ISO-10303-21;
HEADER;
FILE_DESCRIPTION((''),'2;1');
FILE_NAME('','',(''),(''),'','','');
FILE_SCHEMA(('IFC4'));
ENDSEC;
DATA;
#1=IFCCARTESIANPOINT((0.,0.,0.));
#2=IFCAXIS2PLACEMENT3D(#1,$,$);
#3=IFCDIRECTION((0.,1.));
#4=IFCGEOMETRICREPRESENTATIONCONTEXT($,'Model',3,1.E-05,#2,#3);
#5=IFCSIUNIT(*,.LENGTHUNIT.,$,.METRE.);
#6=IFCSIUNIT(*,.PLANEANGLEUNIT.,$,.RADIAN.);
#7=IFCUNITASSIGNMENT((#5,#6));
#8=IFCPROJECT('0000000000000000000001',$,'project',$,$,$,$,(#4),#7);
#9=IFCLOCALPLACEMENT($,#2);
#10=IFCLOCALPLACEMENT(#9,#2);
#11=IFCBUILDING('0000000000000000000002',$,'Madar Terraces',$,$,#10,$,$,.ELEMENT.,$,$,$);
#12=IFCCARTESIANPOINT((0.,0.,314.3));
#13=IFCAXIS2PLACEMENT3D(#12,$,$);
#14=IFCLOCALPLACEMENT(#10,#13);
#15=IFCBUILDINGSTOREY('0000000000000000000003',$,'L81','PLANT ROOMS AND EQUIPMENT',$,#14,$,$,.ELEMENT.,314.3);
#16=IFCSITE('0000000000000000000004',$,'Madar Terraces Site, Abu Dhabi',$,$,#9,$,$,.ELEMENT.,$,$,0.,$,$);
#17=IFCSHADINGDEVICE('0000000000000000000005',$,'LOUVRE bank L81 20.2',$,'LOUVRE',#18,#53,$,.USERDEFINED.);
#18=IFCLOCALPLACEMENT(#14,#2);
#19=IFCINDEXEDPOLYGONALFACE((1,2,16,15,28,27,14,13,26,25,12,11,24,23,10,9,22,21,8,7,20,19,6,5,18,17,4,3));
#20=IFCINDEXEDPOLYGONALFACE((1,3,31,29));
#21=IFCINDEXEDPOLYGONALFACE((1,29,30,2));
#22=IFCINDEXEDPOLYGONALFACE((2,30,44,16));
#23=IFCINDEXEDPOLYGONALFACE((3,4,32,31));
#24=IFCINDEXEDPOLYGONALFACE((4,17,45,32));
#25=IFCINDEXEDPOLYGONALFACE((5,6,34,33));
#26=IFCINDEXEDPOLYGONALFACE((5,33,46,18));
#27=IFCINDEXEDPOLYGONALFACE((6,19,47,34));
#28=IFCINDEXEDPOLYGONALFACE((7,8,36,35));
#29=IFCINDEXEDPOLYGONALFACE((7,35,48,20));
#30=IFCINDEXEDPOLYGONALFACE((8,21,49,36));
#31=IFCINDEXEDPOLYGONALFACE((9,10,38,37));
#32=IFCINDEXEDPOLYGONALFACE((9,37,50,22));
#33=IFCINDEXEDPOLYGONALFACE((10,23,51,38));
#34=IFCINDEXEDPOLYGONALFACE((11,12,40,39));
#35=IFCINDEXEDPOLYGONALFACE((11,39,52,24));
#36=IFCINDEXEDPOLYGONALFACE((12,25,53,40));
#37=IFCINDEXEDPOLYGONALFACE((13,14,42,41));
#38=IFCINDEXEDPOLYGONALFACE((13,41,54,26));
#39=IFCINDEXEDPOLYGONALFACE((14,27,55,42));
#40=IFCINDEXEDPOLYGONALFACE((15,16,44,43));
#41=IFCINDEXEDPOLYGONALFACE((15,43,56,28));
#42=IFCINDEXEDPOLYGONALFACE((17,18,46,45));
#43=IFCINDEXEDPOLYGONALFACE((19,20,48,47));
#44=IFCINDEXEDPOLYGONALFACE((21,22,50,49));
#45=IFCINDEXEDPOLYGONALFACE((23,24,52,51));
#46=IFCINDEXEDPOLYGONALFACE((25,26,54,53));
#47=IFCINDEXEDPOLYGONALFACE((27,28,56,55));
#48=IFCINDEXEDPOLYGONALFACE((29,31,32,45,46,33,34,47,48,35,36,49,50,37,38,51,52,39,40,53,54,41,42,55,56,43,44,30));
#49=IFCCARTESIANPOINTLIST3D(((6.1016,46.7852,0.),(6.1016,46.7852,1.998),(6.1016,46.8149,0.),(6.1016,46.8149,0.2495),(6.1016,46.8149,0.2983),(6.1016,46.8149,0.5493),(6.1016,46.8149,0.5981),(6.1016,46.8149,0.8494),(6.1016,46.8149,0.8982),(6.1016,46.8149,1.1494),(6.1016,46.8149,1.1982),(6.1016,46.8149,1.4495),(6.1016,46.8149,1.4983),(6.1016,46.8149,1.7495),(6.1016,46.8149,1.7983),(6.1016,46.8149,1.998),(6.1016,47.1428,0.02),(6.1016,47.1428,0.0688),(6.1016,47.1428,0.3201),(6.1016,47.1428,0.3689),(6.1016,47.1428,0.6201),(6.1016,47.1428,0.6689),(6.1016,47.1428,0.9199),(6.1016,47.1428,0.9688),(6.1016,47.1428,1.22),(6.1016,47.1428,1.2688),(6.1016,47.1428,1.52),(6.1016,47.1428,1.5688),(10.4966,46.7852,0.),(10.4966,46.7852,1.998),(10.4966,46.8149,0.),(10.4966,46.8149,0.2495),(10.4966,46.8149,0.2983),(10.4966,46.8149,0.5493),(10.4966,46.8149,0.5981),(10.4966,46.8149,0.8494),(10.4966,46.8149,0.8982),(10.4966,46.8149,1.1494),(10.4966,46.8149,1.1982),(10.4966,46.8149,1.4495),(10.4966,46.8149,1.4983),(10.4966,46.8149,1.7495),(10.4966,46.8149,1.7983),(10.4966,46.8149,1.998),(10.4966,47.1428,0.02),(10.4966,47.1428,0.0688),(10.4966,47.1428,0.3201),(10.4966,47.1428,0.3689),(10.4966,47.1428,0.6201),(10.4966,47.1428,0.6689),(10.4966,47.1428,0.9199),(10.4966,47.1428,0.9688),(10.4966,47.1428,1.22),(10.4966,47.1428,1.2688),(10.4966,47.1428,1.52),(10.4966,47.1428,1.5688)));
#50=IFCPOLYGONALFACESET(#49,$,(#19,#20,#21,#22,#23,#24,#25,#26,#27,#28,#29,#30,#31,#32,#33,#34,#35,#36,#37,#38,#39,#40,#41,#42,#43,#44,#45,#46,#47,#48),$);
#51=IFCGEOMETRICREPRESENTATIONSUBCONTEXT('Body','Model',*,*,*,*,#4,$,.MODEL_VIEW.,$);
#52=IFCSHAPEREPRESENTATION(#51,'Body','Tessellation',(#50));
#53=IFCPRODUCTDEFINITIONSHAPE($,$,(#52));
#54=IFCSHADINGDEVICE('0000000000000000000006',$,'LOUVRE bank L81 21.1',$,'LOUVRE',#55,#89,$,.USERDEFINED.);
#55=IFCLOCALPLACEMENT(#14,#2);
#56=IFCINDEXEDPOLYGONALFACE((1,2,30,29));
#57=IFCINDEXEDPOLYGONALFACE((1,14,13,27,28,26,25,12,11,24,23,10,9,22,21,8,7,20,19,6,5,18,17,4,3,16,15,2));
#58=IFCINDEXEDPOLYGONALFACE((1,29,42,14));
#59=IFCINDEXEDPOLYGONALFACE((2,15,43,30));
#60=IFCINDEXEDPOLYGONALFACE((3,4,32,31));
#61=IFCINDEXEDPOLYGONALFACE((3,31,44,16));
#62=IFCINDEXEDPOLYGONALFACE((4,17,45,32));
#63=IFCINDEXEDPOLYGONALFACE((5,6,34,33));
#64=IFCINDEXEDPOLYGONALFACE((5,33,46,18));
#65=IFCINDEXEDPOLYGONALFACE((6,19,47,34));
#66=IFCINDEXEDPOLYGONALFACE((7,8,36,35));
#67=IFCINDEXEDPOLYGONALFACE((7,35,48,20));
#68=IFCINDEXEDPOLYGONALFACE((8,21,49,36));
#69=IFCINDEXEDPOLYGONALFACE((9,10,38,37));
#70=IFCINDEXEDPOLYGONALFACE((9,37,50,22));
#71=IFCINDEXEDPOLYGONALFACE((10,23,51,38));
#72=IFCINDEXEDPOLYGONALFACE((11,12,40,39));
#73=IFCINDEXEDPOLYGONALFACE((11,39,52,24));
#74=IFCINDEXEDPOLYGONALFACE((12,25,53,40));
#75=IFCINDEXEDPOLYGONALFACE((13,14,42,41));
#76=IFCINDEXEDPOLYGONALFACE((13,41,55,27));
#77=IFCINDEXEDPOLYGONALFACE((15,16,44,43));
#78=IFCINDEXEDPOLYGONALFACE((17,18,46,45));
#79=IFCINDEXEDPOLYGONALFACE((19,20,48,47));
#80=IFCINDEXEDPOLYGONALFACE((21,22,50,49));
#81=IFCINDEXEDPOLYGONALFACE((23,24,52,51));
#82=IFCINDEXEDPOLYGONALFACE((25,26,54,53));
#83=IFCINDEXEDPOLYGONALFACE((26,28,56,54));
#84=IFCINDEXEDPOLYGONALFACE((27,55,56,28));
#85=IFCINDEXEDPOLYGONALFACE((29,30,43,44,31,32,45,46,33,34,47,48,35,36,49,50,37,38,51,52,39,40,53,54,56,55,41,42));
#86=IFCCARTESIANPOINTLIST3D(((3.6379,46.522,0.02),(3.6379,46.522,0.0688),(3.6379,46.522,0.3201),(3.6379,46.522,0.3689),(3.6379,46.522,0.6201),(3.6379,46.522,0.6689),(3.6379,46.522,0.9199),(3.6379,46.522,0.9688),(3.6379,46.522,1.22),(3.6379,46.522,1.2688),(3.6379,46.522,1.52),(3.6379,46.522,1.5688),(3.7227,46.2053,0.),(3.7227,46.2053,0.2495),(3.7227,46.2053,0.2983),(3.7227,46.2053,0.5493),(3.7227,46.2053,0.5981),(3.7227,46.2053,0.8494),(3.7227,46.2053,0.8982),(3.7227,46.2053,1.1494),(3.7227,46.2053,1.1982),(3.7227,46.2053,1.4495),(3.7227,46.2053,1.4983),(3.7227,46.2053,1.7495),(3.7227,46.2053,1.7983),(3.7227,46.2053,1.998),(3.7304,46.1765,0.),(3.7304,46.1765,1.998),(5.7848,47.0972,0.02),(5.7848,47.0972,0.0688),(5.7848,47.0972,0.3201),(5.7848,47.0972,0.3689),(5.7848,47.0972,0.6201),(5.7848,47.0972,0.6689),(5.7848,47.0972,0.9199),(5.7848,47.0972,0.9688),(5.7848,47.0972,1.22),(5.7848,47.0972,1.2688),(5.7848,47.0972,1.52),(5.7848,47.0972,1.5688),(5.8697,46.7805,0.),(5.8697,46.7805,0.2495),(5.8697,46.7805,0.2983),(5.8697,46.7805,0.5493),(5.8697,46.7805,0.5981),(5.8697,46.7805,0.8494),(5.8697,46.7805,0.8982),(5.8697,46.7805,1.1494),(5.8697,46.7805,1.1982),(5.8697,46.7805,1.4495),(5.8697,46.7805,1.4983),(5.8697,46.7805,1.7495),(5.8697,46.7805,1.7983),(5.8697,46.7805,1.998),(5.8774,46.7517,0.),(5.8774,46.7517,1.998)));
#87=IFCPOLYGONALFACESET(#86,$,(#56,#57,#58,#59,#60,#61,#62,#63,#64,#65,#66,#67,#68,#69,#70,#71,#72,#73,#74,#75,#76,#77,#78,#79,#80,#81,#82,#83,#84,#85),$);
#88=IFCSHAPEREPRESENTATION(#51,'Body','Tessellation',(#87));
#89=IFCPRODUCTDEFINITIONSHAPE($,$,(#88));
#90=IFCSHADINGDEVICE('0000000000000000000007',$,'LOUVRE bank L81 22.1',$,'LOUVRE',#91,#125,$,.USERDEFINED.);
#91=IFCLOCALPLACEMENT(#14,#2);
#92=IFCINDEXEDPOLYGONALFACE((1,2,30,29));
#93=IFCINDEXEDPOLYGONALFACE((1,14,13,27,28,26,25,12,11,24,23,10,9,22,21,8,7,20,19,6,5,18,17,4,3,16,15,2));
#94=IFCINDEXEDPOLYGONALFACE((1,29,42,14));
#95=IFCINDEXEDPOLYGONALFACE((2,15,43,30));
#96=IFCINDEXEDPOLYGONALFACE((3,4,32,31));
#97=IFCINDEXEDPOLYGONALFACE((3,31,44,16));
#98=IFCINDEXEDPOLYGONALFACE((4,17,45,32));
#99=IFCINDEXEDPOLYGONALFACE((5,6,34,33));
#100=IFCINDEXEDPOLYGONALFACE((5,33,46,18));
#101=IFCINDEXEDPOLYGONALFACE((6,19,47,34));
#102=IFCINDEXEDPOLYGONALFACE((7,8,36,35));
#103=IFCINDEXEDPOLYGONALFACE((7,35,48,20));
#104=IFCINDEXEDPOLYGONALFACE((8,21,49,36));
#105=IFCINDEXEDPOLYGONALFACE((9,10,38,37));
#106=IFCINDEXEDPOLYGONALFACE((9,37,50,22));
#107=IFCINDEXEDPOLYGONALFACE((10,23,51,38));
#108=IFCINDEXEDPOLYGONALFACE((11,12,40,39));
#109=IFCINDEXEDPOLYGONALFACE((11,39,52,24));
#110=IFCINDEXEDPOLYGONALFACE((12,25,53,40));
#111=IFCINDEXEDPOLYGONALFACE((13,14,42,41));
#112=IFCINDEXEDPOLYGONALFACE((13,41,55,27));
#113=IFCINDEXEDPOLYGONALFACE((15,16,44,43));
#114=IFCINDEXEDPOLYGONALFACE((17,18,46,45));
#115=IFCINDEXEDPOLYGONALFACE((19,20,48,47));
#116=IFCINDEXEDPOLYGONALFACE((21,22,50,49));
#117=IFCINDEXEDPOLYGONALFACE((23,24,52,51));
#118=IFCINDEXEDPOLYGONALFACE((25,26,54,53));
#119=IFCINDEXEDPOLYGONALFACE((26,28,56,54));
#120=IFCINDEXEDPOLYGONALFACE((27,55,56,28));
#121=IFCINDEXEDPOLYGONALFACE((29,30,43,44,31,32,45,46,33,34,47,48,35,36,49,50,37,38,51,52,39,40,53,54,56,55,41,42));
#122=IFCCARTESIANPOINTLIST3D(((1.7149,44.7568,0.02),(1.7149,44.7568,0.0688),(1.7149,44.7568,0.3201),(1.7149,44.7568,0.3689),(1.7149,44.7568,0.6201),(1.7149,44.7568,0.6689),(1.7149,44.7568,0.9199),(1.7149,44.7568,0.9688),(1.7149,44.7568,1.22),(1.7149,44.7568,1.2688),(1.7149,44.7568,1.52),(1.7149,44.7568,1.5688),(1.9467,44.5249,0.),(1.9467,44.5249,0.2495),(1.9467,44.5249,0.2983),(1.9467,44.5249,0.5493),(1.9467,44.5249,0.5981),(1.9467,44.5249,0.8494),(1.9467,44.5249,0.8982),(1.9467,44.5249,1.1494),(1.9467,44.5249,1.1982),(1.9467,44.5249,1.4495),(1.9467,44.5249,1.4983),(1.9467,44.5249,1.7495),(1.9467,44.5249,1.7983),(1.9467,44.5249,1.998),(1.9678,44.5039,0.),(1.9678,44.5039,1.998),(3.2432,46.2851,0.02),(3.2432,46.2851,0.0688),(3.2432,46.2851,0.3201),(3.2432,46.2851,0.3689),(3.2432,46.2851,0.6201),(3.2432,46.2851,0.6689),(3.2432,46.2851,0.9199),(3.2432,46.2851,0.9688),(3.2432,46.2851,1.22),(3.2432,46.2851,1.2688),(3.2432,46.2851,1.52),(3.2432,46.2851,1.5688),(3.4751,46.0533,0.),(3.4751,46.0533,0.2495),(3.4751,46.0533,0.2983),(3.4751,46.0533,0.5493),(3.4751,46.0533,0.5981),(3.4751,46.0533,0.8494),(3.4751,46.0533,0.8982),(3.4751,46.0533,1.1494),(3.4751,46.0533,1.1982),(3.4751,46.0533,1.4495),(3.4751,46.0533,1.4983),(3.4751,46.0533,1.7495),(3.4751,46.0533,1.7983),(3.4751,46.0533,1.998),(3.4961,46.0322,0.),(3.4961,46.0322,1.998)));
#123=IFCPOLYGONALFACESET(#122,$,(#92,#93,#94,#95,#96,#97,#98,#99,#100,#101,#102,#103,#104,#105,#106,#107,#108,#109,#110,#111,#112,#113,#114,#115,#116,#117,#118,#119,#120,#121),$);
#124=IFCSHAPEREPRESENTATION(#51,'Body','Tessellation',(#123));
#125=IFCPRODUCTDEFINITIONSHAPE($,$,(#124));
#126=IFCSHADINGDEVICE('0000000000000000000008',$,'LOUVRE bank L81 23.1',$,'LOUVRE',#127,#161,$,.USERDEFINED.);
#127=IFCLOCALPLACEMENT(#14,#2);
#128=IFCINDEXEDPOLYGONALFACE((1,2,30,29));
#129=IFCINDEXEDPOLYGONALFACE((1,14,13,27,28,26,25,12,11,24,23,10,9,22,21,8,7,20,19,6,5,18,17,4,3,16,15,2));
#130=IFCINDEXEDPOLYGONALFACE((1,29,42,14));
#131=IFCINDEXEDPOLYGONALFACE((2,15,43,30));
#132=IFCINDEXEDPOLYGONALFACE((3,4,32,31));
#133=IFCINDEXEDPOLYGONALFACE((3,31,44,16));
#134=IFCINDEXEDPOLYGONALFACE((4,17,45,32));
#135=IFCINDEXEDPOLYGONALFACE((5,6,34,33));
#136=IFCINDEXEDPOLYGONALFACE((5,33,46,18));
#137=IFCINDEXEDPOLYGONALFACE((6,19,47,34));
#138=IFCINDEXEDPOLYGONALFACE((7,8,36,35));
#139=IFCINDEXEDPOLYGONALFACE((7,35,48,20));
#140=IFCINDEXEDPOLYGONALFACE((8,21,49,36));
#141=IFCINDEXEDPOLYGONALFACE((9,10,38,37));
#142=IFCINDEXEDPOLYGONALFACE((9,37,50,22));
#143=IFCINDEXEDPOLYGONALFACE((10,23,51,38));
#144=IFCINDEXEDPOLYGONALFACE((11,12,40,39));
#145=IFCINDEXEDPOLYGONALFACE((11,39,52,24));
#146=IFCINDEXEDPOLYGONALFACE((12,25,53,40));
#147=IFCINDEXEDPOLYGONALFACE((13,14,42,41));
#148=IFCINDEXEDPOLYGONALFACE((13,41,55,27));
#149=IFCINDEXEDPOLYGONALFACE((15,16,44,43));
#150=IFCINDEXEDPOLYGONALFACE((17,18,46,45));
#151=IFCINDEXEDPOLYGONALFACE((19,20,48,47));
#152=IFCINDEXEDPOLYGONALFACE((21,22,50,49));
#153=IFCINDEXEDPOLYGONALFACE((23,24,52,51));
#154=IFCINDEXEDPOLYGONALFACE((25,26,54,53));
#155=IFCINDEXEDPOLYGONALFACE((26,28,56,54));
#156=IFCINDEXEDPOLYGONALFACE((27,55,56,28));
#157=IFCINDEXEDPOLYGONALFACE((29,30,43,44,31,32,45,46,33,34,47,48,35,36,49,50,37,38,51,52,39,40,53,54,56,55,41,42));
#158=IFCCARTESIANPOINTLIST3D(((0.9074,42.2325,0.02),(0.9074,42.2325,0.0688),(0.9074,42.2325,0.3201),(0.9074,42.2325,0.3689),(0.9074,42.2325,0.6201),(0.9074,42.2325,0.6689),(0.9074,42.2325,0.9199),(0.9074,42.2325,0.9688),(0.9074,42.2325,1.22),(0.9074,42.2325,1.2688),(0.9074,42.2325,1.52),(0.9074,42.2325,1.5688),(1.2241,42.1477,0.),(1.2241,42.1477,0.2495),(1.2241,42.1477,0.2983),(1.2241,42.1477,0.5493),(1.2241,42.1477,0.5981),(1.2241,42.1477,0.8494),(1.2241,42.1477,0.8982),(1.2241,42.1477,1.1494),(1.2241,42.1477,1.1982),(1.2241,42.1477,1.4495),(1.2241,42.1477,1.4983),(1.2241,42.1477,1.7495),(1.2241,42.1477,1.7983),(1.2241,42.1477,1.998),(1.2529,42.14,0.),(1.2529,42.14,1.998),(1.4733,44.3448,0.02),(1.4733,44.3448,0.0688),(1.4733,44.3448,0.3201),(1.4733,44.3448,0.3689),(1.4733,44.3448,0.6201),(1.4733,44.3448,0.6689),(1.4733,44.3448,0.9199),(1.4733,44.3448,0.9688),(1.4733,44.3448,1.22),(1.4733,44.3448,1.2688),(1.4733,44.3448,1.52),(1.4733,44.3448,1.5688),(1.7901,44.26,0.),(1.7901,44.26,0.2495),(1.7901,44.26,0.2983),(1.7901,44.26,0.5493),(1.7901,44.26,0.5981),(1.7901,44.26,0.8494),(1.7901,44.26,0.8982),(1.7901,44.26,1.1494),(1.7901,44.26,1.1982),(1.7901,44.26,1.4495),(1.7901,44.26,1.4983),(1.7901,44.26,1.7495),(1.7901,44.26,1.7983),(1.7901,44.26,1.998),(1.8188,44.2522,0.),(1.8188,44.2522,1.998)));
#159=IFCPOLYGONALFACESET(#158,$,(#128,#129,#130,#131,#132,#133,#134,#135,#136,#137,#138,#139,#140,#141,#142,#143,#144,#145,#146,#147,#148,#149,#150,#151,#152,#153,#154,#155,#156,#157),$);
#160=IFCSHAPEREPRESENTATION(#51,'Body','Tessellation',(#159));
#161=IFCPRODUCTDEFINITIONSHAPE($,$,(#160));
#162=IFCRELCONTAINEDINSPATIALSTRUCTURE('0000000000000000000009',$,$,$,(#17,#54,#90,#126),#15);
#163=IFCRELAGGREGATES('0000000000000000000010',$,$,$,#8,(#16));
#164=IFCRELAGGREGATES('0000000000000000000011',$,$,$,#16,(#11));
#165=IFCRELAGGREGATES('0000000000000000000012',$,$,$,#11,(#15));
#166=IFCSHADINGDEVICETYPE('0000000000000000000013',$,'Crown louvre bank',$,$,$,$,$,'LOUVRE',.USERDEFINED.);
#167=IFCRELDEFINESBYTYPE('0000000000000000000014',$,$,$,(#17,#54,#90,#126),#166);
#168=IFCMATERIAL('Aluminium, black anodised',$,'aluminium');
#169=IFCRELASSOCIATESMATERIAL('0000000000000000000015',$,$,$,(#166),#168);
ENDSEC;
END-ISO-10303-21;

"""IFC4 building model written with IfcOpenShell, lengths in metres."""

from ifc_helpers import new_model, si_unit, direction, frame, origin, place, context, subcontext, project, spatial, polyline, outline, extrude, material, type_object, element, save


model = new_model("IFC4")

# Units and contexts
model_context = context("Model", 3, precision=1e-05, world=origin(), true_north=direction((0.0, 1.0)))
body_context = subcontext(model_context, "Body", "Model", "MODEL_VIEW")
ifc_project = project(units=[si_unit("LENGTHUNIT", "METRE"), si_unit("PLANEANGLEUNIT", "RADIAN")], contexts=[model_context])

# Site, building, storey
site_placement = place(None, origin())
site = spatial("IfcSite", under=ifc_project, at=site_placement, Name="Madar Terraces Site, Abu Dhabi", CompositionType="ELEMENT", RefElevation=0.0)
building_placement = place(site_placement, origin())
building = spatial("IfcBuilding", under=site, at=building_placement, Name="Madar Terraces", CompositionType="ELEMENT")
storey_placement = place(building_placement, frame((0.0, 0.0, 314.3)))
storey = spatial("IfcBuildingStorey", under=building, at=storey_placement, Name="L81", Description="PLANT ROOMS AND EQUIPMENT", CompositionType="ELEMENT", Elevation=314.3)

# Shading devices
ifc_material_1 = material(Name="Aluminium, black anodised", Category="aluminium")
shading_device_type = type_object("IfcShadingDeviceType", Name="Crown louvre bank", ElementType="LOUVRE", PredefinedType="USERDEFINED", material=ifc_material_1)
shading_device_1_placement = place(storey_placement, frame((10.4966, 46.8, 0.0), z_axis=(-1.0, 0.0, 0.0), x_axis=(0.0, -1.0, 0.0)))
element("IfcShadingDevice", 1, at=shading_device_1_placement, inside=storey, type_object=shading_device_type, Name="LOUVRE bank L81 20.2", ObjectType="LOUVRE", PredefinedType="USERDEFINED", context=body_context, shape_type="SweptSolid", body=[
    extrude(outline(polyline([(0.0149, 0.0), (-0.0149, 0.0), (-0.0149, 0.2495), (-0.3428, 0.02), (-0.3428, 0.0688), (-0.0149, 0.2983), (-0.0149, 0.5493), (-0.3428, 0.3201), (-0.3428, 0.3689), (-0.0149, 0.5981), (-0.0149, 0.8494), (-0.3428, 0.6201), (-0.3428, 0.6689), (-0.0149, 0.8982), (-0.0149, 1.1494), (-0.3428, 0.9199), (-0.3428, 0.9688), (-0.0149, 1.1982), (-0.0149, 1.4495), (-0.3428, 1.22), (-0.3428, 1.2688), (-0.0149, 1.4983), (-0.0149, 1.7495), (-0.3428, 1.52), (-0.3428, 1.5688), (-0.0149, 1.7983), (-0.0149, 1.998), (0.0149, 1.998), (0.0149, 0.0)])), origin(), (0.0, 0.0, 1.0), 4.395),
])
shading_device_2_placement = place(storey_placement, frame((5.8735, 46.7661, 0.0), z_axis=(-0.965935, -0.258784, 0.0), x_axis=(0.258784, -0.965935, 0.0)))
element("IfcShadingDevice", 2, at=shading_device_2_placement, inside=storey, type_object=shading_device_type, Name="LOUVRE bank L81 21.1", ObjectType="LOUVRE", PredefinedType="USERDEFINED", context=body_context, shape_type="SweptSolid", body=[
    extrude(outline(polyline([(0.0149, 0.0), (-0.0149, 0.0), (-0.0149, 0.2495), (-0.3428, 0.02), (-0.3428, 0.0688), (-0.0149, 0.2983), (-0.0149, 0.5493), (-0.3428, 0.3201), (-0.3428, 0.3689), (-0.0149, 0.5981), (-0.0149, 0.8494), (-0.3428, 0.6201), (-0.3428, 0.6689), (-0.0149, 0.8982), (-0.0149, 1.1494), (-0.3428, 0.9199), (-0.3428, 0.9688), (-0.0149, 1.1982), (-0.0149, 1.4495), (-0.3428, 1.22), (-0.3428, 1.2688), (-0.0149, 1.4983), (-0.0149, 1.7495), (-0.3428, 1.52), (-0.3428, 1.5688), (-0.0149, 1.7983), (-0.0149, 1.998), (0.0149, 1.998), (0.0149, 0.0)])), origin(), (0.0, 0.0, 1.0), 2.2227),
])
shading_device_3_placement = place(storey_placement, frame((3.4856, 46.0427, 0.0), z_axis=(-0.707107, -0.707107, 0.0), x_axis=(0.707107, -0.707107, 0.0)))
element("IfcShadingDevice", 3, at=shading_device_3_placement, inside=storey, type_object=shading_device_type, Name="LOUVRE bank L81 22.1", ObjectType="LOUVRE", PredefinedType="USERDEFINED", context=body_context, shape_type="SweptSolid", body=[
    extrude(outline(polyline([(0.0149, 0.0), (-0.0149, 0.0), (-0.0149, 0.2495), (-0.3428, 0.02), (-0.3428, 0.0688), (-0.0149, 0.2983), (-0.0149, 0.5493), (-0.3428, 0.3201), (-0.3428, 0.3689), (-0.0149, 0.5981), (-0.0149, 0.8494), (-0.3428, 0.6201), (-0.3428, 0.6689), (-0.0149, 0.8982), (-0.0149, 1.1494), (-0.3428, 0.9199), (-0.3428, 0.9688), (-0.0149, 1.1982), (-0.0149, 1.4495), (-0.3428, 1.22), (-0.3428, 1.2688), (-0.0149, 1.4983), (-0.0149, 1.7495), (-0.3428, 1.52), (-0.3428, 1.5688), (-0.0149, 1.7983), (-0.0149, 1.998), (0.0149, 1.998), (0.0149, 0.0)])), origin(), (0.0, 0.0, 1.0), 2.1614),
])
shading_device_4_placement = place(storey_placement, frame((1.8044, 44.2561, 0.0), z_axis=(-0.258788, -0.965934, 0.0), x_axis=(0.965934, -0.258788, 0.0)))
element("IfcShadingDevice", 4, at=shading_device_4_placement, inside=storey, type_object=shading_device_type, Name="LOUVRE bank L81 23.1", ObjectType="LOUVRE", PredefinedType="USERDEFINED", context=body_context, shape_type="SweptSolid", body=[
    extrude(outline(polyline([(0.0149, 0.0), (-0.0149, 0.0), (-0.0149, 0.2495), (-0.3428, 0.02), (-0.3428, 0.0688), (-0.0149, 0.2983), (-0.0149, 0.5493), (-0.3428, 0.3201), (-0.3428, 0.3689), (-0.0149, 0.5981), (-0.0149, 0.8494), (-0.3428, 0.6201), (-0.3428, 0.6689), (-0.0149, 0.8982), (-0.0149, 1.1494), (-0.3428, 0.9199), (-0.3428, 0.9688), (-0.0149, 1.1982), (-0.0149, 1.4495), (-0.3428, 1.22), (-0.3428, 1.2688), (-0.0149, 1.4983), (-0.0149, 1.7495), (-0.3428, 1.52), (-0.3428, 1.5688), (-0.0149, 1.7983), (-0.0149, 1.998), (0.0149, 1.998), (0.0149, 0.0)])), origin(), (0.0, 0.0, 1.0), 2.1868),
])

save(model, "model.ifc")
